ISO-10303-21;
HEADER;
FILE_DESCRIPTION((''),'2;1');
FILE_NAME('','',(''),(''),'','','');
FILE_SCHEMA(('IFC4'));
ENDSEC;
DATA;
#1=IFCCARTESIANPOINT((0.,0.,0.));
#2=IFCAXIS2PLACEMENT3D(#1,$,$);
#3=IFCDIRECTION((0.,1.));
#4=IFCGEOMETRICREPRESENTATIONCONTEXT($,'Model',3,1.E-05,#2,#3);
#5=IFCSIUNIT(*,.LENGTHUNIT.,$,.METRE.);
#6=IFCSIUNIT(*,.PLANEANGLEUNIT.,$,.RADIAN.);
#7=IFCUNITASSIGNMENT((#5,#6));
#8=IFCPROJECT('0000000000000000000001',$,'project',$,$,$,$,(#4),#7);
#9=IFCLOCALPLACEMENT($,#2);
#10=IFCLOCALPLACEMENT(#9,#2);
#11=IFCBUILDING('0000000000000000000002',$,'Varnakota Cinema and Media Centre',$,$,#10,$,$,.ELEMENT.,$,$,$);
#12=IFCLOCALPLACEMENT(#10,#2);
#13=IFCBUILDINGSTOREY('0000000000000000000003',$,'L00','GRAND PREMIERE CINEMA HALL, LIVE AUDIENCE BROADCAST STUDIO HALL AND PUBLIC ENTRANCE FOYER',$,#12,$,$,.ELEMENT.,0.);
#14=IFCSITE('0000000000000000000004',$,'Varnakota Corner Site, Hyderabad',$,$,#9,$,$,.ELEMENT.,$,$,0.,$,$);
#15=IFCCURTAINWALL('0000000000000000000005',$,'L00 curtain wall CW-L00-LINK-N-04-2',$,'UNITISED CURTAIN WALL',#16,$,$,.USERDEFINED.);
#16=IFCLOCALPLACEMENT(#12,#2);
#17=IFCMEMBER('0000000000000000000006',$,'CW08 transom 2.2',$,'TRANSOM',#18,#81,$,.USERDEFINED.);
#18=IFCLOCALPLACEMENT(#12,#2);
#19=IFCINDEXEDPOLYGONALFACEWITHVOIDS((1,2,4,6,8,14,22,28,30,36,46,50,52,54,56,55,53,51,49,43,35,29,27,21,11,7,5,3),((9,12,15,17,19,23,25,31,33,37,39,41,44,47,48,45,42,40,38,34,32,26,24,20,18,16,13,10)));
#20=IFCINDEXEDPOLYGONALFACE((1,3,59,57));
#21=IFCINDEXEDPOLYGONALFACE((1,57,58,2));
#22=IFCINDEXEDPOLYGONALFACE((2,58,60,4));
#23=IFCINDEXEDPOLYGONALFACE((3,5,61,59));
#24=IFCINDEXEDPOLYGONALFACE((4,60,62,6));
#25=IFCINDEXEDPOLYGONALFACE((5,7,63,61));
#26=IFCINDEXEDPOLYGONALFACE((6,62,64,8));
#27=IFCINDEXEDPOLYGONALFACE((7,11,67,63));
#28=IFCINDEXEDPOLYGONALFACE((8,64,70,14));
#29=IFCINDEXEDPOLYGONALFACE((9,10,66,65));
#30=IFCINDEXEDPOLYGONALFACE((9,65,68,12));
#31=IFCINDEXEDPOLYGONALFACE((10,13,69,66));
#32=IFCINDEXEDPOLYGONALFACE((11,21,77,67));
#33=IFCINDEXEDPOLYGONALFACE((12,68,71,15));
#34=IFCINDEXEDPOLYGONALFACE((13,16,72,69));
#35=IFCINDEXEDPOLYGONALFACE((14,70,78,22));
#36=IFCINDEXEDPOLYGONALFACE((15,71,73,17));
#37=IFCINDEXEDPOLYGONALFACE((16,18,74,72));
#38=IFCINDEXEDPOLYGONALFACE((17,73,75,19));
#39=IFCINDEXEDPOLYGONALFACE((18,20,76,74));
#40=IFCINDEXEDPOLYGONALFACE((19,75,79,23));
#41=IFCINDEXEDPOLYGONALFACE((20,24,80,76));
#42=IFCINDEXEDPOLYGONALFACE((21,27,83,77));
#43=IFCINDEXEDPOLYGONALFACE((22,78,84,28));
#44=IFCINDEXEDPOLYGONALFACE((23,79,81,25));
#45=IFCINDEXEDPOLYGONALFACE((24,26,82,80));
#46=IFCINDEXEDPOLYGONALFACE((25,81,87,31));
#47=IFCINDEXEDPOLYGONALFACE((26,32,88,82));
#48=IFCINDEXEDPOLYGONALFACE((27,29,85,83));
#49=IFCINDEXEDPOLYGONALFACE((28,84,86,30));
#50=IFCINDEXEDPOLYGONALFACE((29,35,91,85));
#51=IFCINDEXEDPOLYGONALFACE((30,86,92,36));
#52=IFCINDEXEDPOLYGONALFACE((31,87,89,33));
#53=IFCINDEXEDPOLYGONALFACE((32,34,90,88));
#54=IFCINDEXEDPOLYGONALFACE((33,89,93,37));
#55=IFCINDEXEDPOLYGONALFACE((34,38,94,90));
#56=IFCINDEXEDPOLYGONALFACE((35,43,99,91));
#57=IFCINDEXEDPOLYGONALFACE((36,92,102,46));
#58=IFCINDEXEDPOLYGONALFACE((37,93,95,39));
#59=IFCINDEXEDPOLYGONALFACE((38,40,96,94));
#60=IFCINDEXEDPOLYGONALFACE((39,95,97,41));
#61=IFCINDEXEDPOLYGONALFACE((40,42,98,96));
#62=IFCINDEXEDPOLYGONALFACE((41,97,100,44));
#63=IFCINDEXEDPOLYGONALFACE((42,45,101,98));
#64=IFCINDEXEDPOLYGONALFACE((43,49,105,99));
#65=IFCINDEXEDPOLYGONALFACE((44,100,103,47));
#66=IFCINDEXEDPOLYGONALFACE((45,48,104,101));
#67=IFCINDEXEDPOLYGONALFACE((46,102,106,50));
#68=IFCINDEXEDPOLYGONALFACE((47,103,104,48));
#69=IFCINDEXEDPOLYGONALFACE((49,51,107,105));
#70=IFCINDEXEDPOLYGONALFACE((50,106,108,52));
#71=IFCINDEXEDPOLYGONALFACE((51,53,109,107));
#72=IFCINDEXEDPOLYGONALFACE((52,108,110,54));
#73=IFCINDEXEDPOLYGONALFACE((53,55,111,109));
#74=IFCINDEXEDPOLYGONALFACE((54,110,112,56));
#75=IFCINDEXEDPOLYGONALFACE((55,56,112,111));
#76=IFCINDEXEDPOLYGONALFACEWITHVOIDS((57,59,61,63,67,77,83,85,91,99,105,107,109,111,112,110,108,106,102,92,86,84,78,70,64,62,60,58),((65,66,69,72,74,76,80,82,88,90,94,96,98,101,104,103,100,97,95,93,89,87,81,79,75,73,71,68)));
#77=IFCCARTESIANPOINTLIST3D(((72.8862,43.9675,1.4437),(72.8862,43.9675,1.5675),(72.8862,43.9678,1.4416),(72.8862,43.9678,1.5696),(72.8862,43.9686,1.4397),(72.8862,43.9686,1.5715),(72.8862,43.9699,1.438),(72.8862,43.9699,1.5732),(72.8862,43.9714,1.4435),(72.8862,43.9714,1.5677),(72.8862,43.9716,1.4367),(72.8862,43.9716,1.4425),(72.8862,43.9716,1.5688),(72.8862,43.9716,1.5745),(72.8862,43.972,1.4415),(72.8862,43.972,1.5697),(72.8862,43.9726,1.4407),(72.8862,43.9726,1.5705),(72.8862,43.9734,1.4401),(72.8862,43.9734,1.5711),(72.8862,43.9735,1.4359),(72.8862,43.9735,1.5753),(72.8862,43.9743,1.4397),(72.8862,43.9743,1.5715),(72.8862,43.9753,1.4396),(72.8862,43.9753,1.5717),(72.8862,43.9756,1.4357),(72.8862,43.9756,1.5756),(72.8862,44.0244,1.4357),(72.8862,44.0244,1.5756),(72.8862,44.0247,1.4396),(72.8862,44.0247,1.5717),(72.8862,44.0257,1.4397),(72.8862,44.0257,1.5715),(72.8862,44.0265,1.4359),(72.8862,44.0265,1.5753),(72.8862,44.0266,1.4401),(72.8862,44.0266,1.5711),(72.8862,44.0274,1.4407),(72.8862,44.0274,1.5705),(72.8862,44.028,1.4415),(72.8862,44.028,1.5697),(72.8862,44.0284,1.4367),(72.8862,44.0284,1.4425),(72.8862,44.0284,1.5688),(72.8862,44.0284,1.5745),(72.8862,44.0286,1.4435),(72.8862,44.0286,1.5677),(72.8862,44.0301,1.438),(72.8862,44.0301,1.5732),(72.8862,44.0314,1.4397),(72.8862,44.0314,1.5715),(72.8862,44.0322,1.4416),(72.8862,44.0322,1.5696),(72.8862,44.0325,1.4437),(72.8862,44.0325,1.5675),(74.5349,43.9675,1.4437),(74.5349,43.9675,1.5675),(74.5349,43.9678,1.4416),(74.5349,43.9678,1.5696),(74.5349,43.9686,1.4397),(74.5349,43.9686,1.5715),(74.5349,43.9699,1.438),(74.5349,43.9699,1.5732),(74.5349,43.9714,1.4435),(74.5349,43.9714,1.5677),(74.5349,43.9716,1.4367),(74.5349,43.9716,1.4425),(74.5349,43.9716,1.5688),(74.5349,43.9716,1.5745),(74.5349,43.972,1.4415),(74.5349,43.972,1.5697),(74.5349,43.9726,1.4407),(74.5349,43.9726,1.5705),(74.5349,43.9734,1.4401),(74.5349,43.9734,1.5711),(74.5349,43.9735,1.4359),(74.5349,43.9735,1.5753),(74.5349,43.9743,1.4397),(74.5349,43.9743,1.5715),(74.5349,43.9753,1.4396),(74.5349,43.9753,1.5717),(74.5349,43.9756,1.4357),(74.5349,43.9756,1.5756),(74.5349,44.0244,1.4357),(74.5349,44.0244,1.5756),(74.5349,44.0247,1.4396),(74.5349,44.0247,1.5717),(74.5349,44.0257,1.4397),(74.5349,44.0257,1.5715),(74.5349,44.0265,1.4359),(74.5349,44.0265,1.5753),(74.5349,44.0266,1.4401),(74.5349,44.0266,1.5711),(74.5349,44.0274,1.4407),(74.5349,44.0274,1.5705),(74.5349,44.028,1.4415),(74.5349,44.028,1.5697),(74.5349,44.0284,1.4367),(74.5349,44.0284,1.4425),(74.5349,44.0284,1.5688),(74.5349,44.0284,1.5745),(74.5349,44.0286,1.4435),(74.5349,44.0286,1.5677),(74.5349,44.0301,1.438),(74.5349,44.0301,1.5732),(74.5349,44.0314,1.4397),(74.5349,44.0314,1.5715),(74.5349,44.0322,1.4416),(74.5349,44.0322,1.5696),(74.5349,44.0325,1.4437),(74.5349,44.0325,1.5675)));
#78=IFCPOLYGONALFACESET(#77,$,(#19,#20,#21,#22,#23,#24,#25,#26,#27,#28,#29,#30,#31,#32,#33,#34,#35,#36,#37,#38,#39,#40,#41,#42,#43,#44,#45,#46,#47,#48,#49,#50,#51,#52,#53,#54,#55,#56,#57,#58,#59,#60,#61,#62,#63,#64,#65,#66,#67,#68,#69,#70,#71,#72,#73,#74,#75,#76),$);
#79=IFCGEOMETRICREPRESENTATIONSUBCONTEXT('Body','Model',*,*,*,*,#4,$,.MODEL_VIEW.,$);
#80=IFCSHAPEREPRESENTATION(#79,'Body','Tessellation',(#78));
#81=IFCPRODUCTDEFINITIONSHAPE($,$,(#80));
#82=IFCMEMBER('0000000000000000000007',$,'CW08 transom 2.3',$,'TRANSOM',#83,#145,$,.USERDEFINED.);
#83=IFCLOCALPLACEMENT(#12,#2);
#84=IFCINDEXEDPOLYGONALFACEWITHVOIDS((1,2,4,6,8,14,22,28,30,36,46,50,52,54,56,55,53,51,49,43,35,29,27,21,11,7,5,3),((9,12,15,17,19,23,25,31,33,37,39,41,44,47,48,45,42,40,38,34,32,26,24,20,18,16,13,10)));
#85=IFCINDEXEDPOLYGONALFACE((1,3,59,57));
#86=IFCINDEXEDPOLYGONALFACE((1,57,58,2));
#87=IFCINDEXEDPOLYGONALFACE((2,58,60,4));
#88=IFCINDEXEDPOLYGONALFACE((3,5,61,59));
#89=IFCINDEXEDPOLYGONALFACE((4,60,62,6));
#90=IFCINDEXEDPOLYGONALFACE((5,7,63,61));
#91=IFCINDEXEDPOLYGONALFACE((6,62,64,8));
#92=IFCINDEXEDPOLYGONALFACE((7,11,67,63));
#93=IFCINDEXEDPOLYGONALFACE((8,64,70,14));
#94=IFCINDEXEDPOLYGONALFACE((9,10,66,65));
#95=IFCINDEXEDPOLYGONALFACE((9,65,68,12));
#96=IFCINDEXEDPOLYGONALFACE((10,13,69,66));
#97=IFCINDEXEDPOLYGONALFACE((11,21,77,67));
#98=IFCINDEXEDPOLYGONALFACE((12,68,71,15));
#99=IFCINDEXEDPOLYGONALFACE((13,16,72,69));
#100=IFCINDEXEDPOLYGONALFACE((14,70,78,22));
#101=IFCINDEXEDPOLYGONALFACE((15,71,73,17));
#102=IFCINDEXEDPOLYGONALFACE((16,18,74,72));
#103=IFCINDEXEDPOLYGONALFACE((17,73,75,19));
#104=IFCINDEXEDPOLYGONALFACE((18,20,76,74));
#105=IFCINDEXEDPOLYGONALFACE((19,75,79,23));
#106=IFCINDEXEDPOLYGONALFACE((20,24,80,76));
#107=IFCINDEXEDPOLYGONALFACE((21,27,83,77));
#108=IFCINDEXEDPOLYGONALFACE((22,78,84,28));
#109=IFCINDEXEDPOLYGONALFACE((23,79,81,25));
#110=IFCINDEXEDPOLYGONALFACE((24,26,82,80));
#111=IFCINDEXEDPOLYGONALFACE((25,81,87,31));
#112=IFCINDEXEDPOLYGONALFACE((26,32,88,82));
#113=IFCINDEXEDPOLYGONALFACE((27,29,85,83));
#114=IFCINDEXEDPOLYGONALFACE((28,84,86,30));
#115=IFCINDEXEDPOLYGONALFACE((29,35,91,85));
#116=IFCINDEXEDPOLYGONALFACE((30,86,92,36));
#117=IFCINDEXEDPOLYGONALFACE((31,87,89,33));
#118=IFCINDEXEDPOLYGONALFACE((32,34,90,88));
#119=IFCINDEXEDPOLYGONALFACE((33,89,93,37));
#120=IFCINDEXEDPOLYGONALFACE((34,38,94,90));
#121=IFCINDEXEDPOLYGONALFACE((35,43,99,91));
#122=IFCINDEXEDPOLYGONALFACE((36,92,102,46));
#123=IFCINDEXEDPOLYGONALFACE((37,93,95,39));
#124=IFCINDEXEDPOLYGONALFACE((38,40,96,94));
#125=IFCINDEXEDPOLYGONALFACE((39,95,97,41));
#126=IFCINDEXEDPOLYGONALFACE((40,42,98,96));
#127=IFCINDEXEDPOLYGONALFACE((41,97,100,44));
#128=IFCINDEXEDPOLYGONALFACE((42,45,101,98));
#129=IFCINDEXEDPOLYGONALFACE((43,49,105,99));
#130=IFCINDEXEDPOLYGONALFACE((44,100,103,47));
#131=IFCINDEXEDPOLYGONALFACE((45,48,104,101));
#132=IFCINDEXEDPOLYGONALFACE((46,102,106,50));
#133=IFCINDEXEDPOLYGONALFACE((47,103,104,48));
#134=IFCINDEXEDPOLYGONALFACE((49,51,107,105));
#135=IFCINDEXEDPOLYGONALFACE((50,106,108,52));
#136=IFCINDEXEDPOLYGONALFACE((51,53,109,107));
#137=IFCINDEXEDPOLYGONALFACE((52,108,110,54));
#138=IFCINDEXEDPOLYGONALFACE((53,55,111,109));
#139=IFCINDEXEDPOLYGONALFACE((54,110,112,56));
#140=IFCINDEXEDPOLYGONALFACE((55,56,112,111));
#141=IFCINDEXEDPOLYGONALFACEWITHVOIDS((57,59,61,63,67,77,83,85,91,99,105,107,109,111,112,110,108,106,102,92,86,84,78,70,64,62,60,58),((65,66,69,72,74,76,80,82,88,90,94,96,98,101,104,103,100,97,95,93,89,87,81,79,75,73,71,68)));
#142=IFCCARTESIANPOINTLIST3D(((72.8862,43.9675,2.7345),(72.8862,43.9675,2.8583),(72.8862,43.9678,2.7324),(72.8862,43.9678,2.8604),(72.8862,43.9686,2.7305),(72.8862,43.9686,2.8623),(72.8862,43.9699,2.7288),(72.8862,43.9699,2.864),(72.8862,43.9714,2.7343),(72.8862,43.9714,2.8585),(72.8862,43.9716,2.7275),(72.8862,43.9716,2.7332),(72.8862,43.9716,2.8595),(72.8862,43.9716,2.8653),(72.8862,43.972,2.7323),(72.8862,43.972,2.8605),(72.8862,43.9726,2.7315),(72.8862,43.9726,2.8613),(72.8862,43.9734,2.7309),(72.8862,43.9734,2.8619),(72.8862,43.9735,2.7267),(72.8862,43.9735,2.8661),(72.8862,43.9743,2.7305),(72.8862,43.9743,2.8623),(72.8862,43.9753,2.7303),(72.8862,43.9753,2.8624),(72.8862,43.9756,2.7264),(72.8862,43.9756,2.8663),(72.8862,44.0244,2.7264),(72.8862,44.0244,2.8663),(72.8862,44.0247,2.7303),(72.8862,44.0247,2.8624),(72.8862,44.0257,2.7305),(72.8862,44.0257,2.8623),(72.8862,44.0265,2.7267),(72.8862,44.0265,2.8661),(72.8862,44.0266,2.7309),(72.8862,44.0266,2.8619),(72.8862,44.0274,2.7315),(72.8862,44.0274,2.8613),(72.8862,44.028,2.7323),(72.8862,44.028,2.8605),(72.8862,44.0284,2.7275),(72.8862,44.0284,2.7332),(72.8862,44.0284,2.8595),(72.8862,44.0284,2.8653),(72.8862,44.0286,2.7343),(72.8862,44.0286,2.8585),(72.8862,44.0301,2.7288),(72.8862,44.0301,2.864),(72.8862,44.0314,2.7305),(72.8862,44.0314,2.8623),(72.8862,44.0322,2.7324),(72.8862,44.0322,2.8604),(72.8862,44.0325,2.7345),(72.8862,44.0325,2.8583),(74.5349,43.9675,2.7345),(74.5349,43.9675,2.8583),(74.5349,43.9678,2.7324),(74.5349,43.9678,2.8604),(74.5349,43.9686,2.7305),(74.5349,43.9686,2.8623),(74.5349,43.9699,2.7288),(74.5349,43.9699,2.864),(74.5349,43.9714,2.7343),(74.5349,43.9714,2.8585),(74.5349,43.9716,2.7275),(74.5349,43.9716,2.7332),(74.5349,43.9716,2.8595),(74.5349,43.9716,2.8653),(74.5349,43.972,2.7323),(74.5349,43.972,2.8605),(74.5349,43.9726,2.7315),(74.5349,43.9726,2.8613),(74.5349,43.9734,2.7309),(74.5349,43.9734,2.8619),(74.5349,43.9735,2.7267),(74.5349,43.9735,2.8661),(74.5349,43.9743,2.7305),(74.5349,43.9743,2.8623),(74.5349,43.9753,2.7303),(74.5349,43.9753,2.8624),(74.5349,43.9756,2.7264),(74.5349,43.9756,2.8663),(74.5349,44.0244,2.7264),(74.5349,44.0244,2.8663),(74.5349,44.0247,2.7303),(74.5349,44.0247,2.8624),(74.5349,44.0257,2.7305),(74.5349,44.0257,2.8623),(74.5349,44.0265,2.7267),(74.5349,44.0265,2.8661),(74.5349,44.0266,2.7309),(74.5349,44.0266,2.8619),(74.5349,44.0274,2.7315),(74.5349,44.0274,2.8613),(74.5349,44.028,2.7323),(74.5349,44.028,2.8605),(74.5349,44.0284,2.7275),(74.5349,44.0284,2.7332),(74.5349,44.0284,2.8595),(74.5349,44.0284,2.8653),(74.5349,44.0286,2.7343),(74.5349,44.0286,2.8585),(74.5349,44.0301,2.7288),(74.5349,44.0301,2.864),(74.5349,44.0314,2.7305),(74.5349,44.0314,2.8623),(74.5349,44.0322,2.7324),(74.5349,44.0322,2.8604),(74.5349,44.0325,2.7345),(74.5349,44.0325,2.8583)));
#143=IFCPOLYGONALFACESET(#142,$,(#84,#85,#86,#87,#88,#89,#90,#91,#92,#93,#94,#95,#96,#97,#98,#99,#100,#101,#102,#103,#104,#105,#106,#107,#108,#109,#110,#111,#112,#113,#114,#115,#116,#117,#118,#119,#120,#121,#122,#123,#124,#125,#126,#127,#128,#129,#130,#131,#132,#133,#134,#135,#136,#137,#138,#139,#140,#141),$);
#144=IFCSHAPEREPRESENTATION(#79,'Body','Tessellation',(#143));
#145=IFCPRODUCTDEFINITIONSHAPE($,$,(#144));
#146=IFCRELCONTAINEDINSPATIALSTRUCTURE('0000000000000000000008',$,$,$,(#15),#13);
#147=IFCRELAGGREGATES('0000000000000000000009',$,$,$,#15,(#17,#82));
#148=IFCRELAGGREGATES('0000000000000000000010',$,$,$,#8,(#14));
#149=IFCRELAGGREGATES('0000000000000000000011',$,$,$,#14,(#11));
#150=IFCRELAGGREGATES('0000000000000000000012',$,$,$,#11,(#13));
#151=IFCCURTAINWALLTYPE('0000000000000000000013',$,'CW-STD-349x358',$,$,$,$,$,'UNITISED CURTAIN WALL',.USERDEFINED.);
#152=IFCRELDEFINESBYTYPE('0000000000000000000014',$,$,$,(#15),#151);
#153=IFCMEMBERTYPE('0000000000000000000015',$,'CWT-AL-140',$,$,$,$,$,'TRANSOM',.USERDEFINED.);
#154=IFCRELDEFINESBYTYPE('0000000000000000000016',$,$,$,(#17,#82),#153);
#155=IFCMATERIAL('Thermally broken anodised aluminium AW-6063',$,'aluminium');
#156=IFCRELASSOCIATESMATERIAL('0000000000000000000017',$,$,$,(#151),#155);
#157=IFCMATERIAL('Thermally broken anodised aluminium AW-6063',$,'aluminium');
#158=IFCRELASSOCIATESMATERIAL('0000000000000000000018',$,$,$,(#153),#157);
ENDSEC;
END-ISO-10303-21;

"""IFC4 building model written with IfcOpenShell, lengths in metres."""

from ifc_helpers import new_model, si_unit, direction, frame, origin, origin_2d, place, context, subcontext, project, spatial, hollow_rectangle, extrude, material, material_profile, profile_set, type_object, element, aggregate, save


model = new_model("IFC4")

# Units and contexts
model_context = context("Model", 3, precision=1e-05, world=origin(), true_north=direction((0.0, 1.0)))
body_context = subcontext(model_context, "Body", "Model", "MODEL_VIEW")
ifc_project = project(units=[si_unit("LENGTHUNIT", "METRE"), si_unit("PLANEANGLEUNIT", "RADIAN")], contexts=[model_context])

# Site, building, storey
site_placement = place(None, origin())
site = spatial("IfcSite", under=ifc_project, at=site_placement, Name="Varnakota Corner Site, Hyderabad", CompositionType="ELEMENT", RefElevation=0.0)
building_placement = place(site_placement, origin())
building = spatial("IfcBuilding", under=site, at=building_placement, Name="Varnakota Cinema and Media Centre", CompositionType="ELEMENT")
storey_placement = place(building_placement, origin())
storey = spatial("IfcBuildingStorey", under=building, at=storey_placement, Name="L00", Description="GRAND PREMIERE CINEMA HALL, LIVE AUDIENCE BROADCAST STUDIO HALL AND PUBLIC ENTRANCE FOYER", CompositionType="ELEMENT", Elevation=0.0)

# Curtain wall
ifc_material_1 = material(Name="Thermally broken anodised aluminium AW-6063", Category="aluminium")
curtain_wall_type_1 = type_object("IfcCurtainWallType", Name="CW-STD-349x358", ElementType="UNITISED CURTAIN WALL", PredefinedType="USERDEFINED", material=ifc_material_1)
curtain_wall_1_placement = place(storey_placement, origin())
curtain_wall_1 = element("IfcCurtainWall", 1, at=curtain_wall_1_placement, inside=storey, type_object=curtain_wall_type_1, Name="L00 curtain wall CW-L00-LINK-N-04-2", ObjectType="UNITISED CURTAIN WALL", PredefinedType="USERDEFINED")

# Members
ifc_material_2 = material(Name="Thermally broken anodised aluminium AW-6063", Category="aluminium")
ifc_material_profile_1 = material_profile(ifc_material_2, hollow_rectangle(XDim=0.0649, YDim=0.1399, WallThickness=0.0039, InnerFilletRadius=0.0039, OuterFilletRadius=0.0081, at=origin_2d()), Name="AL-TRANSOM 140x65x4")
ifc_profile_set_1 = profile_set([ifc_material_profile_1], Name="Thermally broken anodised aluminium AW-6063")
member_type_1 = type_object("IfcMemberType", Name="CWT-AL-140", ElementType="TRANSOM", PredefinedType="USERDEFINED", material=ifc_profile_set_1)
member_1_placement = place(storey_placement, frame((72.8862, 44.0, 1.5056), z_axis=(1.0, 0.0, 0.0), x_axis=(0.0, 1.0, 0.0)))
member_1 = element("IfcMember", 2, at=member_1_placement, type_object=member_type_1, Name="CW08 transom 2.2", ObjectType="TRANSOM", PredefinedType="USERDEFINED", context=body_context, shape_type="SweptSolid", body=[
    extrude(hollow_rectangle(XDim=0.0649, YDim=0.1399, WallThickness=0.0039, InnerFilletRadius=0.0039, OuterFilletRadius=0.0081, at=origin_2d()), origin(), (0.0, 0.0, 1.0), 1.6487),
])
member_2_placement = place(storey_placement, frame((72.8862, 44.0, 2.7964), z_axis=(1.0, 0.0, 0.0), x_axis=(0.0, 1.0, 0.0)))
member_2 = element("IfcMember", 3, at=member_2_placement, type_object=member_type_1, Name="CW08 transom 2.3", ObjectType="TRANSOM", PredefinedType="USERDEFINED", context=body_context, shape_type="SweptSolid", body=[
    extrude(hollow_rectangle(XDim=0.0649, YDim=0.1399, WallThickness=0.0039, InnerFilletRadius=0.0039, OuterFilletRadius=0.0081, at=origin_2d()), origin(), (0.0, 0.0, 1.0), 1.6487),
])

aggregate(curtain_wall_1, [member_1, member_2])

save(model, "model.ifc")
